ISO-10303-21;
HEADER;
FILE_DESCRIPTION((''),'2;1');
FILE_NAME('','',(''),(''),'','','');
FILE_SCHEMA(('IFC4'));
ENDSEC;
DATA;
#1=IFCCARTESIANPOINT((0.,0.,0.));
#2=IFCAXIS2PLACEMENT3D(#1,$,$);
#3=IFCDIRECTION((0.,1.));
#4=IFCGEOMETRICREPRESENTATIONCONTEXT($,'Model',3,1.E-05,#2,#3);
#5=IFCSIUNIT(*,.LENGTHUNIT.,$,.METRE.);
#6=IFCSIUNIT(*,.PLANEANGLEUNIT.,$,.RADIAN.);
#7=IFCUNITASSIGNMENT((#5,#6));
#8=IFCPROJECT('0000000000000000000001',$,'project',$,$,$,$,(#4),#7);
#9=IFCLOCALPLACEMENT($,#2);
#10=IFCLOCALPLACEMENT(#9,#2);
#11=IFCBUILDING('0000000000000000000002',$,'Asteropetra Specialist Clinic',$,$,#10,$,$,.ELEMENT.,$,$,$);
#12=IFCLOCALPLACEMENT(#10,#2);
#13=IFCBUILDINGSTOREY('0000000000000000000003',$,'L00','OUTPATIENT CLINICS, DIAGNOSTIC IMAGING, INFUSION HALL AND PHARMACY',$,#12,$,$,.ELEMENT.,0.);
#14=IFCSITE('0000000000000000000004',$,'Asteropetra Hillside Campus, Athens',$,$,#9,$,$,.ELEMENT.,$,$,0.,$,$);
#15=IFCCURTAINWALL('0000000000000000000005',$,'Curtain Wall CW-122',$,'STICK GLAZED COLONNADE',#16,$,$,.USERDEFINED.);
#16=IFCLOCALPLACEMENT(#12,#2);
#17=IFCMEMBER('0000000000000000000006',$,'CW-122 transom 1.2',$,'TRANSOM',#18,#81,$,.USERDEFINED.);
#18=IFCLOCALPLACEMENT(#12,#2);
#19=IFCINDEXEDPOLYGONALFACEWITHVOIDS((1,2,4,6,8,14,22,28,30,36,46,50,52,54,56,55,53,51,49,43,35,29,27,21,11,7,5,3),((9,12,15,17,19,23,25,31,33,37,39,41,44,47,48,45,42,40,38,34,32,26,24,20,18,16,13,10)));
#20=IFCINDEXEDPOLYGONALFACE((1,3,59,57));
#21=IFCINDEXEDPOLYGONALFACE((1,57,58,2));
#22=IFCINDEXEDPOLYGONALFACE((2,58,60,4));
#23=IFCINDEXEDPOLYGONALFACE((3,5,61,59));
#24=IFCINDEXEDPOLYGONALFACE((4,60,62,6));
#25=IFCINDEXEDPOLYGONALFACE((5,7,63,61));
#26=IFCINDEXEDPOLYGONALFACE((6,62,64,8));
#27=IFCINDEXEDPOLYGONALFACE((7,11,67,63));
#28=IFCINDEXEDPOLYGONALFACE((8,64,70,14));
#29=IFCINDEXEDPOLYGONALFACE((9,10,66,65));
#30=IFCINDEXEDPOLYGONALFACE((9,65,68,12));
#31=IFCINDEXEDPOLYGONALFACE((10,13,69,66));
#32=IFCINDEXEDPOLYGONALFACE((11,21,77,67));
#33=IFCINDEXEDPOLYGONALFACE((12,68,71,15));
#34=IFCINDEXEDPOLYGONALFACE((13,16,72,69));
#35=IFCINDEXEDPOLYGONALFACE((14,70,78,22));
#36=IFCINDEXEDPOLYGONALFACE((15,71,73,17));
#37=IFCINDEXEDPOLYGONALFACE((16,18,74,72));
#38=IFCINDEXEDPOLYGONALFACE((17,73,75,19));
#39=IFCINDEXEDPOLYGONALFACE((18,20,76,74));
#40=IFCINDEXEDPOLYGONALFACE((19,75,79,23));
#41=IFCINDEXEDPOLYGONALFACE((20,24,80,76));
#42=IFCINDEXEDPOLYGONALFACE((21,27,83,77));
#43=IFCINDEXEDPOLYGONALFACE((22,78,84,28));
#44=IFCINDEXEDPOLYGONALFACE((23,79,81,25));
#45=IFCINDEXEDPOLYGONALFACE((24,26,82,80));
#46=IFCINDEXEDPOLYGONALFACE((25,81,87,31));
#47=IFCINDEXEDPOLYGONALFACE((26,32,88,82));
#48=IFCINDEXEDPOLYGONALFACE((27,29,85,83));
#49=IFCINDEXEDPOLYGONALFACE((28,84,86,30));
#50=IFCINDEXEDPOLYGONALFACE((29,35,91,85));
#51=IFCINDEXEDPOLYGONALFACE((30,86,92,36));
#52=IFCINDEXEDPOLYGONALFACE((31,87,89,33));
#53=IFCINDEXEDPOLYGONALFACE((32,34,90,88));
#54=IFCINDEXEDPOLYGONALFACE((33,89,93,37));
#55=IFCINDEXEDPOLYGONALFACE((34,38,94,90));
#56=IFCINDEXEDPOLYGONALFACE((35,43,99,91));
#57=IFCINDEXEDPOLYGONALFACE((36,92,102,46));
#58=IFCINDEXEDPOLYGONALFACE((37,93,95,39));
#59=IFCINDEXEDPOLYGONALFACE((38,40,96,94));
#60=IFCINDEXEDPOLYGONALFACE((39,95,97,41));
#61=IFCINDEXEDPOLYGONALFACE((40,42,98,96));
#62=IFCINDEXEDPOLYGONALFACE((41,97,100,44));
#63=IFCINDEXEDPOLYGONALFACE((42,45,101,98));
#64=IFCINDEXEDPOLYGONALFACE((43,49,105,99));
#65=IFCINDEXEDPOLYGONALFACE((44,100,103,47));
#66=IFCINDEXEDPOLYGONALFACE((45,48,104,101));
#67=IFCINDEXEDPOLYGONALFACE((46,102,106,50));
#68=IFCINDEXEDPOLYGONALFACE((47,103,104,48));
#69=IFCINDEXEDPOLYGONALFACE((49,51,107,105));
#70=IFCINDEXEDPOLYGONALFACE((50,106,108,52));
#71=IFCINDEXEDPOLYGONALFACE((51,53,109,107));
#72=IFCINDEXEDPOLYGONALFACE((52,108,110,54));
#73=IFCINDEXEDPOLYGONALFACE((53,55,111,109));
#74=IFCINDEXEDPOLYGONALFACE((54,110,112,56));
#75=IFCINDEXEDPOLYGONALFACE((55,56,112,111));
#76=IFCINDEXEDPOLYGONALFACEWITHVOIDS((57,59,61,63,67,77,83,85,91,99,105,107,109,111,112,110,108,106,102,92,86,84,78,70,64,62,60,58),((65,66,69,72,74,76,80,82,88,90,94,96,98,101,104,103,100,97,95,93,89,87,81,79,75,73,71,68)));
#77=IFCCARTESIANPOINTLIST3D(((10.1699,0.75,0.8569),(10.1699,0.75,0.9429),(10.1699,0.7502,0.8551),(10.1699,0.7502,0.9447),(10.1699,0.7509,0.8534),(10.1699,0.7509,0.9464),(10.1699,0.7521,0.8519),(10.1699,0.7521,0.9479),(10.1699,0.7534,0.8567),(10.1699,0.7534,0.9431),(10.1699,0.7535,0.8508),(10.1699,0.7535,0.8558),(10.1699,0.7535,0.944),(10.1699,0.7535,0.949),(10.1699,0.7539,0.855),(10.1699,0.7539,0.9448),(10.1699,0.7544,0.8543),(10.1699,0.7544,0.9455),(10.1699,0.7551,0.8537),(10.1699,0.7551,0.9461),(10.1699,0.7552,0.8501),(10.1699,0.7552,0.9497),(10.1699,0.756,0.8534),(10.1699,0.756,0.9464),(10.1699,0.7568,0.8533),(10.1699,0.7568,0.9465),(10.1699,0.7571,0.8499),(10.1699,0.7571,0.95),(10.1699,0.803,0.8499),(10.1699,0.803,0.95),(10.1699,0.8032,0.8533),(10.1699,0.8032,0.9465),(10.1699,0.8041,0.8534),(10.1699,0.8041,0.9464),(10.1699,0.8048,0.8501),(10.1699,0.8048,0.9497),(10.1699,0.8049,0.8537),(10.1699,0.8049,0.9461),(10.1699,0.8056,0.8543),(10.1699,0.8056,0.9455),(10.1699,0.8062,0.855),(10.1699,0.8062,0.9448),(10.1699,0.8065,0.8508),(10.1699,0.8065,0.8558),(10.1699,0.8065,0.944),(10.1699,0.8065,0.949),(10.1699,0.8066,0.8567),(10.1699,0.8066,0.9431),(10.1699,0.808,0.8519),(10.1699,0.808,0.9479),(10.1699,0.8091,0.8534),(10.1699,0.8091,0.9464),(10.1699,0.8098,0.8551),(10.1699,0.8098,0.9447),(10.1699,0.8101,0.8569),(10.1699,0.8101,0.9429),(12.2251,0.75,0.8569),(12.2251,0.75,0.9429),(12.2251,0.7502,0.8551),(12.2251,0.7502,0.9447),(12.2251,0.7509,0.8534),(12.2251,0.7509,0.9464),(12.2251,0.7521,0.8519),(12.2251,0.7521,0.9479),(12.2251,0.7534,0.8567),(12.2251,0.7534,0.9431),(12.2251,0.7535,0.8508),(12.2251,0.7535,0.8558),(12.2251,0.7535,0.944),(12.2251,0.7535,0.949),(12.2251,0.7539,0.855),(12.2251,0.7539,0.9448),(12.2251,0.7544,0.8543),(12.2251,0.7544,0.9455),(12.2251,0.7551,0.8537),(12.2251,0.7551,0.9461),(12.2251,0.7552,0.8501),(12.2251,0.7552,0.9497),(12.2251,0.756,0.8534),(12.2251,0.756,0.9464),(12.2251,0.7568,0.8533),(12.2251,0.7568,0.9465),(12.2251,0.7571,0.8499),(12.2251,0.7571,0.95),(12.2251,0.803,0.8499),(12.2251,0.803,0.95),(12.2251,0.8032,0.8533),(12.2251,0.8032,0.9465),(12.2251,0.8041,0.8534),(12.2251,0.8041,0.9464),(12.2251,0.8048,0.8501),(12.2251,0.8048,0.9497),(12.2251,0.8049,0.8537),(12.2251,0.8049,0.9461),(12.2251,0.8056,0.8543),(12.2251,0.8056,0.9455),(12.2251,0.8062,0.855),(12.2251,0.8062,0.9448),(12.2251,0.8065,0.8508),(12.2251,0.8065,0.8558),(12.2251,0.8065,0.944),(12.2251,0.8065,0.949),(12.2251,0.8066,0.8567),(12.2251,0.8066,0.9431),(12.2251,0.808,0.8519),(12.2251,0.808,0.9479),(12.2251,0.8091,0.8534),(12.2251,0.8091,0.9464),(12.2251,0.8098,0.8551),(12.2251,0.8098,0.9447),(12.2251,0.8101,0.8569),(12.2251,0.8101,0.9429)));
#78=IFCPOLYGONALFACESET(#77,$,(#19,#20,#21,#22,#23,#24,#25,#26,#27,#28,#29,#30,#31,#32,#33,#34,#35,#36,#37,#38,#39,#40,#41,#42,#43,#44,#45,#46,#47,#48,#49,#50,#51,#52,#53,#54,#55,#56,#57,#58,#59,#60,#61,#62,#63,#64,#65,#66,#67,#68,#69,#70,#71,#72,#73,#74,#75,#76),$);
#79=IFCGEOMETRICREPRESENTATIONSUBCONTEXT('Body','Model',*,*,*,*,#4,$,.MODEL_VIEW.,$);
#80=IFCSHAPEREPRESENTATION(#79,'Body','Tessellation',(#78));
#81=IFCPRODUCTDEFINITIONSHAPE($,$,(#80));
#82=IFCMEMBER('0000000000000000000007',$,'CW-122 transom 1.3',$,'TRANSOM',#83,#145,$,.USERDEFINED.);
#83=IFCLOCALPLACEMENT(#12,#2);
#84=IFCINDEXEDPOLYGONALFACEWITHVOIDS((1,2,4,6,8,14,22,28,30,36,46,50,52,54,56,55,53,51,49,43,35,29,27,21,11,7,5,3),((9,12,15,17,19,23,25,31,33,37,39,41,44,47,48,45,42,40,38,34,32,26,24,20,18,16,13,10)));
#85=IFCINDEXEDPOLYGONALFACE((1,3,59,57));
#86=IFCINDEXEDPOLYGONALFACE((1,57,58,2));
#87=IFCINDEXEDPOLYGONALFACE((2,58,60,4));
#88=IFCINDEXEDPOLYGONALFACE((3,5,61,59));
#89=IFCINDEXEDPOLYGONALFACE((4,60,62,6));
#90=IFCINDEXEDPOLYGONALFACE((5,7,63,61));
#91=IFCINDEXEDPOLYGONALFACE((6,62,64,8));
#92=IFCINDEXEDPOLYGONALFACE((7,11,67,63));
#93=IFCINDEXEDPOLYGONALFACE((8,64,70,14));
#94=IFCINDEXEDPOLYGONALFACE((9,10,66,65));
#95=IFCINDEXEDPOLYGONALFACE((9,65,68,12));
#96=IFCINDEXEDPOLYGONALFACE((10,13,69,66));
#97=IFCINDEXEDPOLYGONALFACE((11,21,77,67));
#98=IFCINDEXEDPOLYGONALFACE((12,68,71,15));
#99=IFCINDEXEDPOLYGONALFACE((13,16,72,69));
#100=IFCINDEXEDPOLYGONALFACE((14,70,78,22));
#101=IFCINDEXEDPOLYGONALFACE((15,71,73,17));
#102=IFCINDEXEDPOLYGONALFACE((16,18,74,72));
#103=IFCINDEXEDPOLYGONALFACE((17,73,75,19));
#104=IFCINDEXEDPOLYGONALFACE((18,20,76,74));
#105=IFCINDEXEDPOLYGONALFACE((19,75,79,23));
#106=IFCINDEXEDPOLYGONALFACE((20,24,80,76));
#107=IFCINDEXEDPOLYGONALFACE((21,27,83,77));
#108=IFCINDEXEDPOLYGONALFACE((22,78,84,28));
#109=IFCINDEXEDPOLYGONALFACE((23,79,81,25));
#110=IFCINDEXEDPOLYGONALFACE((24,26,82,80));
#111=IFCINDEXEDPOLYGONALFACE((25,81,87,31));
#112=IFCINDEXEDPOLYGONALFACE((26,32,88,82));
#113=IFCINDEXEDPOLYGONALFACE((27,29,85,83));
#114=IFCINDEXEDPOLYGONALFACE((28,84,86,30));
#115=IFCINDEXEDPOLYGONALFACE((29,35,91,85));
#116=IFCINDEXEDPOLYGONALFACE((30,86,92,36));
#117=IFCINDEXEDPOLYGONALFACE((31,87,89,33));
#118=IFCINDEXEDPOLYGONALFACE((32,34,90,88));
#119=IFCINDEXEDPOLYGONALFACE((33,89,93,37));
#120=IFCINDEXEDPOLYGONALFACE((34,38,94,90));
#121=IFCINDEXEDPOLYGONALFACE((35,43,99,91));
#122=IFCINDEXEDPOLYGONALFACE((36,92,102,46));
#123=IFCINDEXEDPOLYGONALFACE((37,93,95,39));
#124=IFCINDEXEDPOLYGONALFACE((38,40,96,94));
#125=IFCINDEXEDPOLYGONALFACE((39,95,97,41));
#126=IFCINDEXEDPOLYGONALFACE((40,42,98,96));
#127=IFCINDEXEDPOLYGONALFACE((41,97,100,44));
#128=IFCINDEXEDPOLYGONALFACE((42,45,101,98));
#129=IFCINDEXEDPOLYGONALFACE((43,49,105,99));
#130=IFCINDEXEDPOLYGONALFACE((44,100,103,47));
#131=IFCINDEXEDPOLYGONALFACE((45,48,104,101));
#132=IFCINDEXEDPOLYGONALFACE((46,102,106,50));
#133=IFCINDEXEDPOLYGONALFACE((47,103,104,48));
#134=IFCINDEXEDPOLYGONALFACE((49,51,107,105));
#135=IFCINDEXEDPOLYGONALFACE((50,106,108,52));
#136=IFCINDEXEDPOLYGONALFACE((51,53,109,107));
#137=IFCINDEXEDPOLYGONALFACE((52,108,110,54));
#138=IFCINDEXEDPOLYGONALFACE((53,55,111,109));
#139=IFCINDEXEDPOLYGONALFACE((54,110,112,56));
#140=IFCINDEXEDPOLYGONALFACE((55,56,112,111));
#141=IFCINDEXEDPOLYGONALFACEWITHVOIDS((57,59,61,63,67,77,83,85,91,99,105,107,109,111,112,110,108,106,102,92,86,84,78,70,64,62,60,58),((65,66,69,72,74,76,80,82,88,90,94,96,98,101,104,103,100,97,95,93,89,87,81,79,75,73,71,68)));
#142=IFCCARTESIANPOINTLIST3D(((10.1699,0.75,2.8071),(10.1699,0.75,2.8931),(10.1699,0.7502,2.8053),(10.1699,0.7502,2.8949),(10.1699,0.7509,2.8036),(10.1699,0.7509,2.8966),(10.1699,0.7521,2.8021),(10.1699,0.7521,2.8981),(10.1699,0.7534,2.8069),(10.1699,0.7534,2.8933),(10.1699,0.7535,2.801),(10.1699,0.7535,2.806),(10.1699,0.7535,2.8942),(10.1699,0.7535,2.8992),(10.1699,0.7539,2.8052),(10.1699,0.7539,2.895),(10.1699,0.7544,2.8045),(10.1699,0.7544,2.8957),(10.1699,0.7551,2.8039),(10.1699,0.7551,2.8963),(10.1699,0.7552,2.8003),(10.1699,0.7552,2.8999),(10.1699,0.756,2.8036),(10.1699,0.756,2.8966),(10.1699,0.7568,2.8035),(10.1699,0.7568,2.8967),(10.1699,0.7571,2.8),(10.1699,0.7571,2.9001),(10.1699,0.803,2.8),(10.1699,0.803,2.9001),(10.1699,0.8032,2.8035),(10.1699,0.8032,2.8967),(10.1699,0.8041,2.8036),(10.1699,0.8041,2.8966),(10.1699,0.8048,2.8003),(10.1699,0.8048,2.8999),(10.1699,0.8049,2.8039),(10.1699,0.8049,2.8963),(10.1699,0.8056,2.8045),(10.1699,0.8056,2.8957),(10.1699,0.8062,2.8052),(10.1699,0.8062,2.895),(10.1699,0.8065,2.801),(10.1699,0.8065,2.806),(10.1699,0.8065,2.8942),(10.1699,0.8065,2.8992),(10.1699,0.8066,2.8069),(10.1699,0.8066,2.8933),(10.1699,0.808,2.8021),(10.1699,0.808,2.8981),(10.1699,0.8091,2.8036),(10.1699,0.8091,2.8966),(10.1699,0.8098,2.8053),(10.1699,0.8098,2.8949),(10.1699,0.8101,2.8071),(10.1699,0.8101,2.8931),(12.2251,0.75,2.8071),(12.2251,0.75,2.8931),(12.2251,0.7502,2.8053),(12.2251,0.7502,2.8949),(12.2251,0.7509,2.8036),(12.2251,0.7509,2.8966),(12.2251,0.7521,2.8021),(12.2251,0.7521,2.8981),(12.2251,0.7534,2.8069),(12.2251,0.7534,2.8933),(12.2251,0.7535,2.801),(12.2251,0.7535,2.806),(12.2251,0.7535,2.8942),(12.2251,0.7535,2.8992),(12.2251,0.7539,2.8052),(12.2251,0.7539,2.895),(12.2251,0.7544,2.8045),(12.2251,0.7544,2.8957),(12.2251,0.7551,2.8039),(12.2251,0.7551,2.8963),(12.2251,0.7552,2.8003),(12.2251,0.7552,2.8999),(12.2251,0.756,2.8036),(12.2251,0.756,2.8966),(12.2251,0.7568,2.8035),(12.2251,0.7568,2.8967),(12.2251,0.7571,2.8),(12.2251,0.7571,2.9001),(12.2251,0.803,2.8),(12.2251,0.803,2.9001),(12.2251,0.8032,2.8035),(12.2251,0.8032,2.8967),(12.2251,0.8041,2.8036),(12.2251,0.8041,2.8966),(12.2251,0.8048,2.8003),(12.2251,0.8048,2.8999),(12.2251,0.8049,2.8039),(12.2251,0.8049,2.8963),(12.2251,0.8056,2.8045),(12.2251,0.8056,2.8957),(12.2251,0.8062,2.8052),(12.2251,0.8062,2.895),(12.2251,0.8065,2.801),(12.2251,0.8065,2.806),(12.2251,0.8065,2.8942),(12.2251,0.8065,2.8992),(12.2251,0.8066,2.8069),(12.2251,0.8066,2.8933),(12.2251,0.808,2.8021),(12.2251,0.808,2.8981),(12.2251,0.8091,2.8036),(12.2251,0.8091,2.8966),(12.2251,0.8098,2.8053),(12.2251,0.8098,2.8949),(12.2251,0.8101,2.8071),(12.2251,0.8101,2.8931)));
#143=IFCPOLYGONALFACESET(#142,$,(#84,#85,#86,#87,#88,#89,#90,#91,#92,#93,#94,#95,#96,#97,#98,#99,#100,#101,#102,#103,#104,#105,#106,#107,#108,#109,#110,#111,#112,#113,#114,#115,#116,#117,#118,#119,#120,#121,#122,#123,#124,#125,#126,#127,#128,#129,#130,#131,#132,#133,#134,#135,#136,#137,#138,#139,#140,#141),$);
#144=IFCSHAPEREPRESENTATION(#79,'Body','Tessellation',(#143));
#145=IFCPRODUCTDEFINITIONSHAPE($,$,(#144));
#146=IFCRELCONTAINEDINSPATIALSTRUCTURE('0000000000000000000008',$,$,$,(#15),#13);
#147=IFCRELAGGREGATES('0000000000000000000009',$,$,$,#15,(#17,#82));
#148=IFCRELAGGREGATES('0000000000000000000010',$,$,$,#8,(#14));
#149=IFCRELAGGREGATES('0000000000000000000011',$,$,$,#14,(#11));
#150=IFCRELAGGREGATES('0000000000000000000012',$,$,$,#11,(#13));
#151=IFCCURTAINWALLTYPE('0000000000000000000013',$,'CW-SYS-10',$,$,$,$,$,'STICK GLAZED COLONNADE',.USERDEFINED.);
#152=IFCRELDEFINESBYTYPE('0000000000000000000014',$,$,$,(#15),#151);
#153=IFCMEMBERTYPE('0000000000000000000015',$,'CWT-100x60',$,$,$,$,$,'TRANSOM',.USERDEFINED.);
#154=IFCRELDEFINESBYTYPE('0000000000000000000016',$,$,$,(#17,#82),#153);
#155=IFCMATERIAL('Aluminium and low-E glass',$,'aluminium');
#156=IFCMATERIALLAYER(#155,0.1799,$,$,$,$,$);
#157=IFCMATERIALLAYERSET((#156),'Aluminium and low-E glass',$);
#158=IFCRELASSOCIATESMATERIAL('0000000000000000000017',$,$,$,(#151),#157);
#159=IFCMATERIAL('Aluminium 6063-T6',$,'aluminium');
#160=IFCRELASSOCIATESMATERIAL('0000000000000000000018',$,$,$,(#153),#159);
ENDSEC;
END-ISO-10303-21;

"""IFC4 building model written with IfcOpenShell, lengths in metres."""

from ifc_helpers import new_model, si_unit, direction, frame, origin, origin_2d, place, context, subcontext, project, spatial, hollow_rectangle, extrude, material, layer, layer_set, material_profile, profile_set, type_object, element, aggregate, save


model = new_model("IFC4")

# Units and contexts
model_context = context("Model", 3, precision=1e-05, world=origin(), true_north=direction((0.0, 1.0)))
body_context = subcontext(model_context, "Body", "Model", "MODEL_VIEW")
ifc_project = project(units=[si_unit("LENGTHUNIT", "METRE"), si_unit("PLANEANGLEUNIT", "RADIAN")], contexts=[model_context])

# Site, building, storey
site_placement = place(None, origin())
site = spatial("IfcSite", under=ifc_project, at=site_placement, Name="Asteropetra Hillside Campus, Athens", CompositionType="ELEMENT", RefElevation=0.0)
building_placement = place(site_placement, origin())
building = spatial("IfcBuilding", under=site, at=building_placement, Name="Asteropetra Specialist Clinic", CompositionType="ELEMENT")
storey_placement = place(building_placement, origin())
storey = spatial("IfcBuildingStorey", under=building, at=storey_placement, Name="L00", Description="OUTPATIENT CLINICS, DIAGNOSTIC IMAGING, INFUSION HALL AND PHARMACY", CompositionType="ELEMENT", Elevation=0.0)

# Curtain wall
ifc_material_1 = material(Name="Aluminium and low-E glass", Category="aluminium")
ifc_layer_1 = layer(ifc_material_1, 0.1799)
ifc_layer_set_1 = layer_set([ifc_layer_1], Name="Aluminium and low-E glass")
curtain_wall_type_1 = type_object("IfcCurtainWallType", Name="CW-SYS-10", ElementType="STICK GLAZED COLONNADE", PredefinedType="USERDEFINED", material=ifc_layer_set_1)
curtain_wall_1_placement = place(storey_placement, origin())
curtain_wall_1 = element("IfcCurtainWall", 1, at=curtain_wall_1_placement, inside=storey, type_object=curtain_wall_type_1, Name="Curtain Wall CW-122", ObjectType="STICK GLAZED COLONNADE", PredefinedType="USERDEFINED")

# Members
ifc_material_2 = material(Name="Aluminium 6063-T6", Category="aluminium")
ifc_material_profile_1 = material_profile(ifc_material_2, hollow_rectangle(XDim=0.0601, YDim=0.1001, WallThickness=0.0034, InnerFilletRadius=0.0034, OuterFilletRadius=0.0071, at=origin_2d()), Name="TRN 100x60x3.5")
ifc_profile_set_1 = profile_set([ifc_material_profile_1], Name="Aluminium 6063-T6")
member_type_1 = type_object("IfcMemberType", Name="CWT-100x60", ElementType="TRANSOM", PredefinedType="USERDEFINED", material=ifc_profile_set_1)
member_1_placement = place(storey_placement, frame((10.1699, 0.78, 0.8999), z_axis=(1.0, 0.0, 0.0), x_axis=(0.0, 1.0, 0.0)))
member_1 = element("IfcMember", 2, at=member_1_placement, type_object=member_type_1, Name="CW-122 transom 1.2", ObjectType="TRANSOM", PredefinedType="USERDEFINED", context=body_context, shape_type="SweptSolid", body=[
    extrude(hollow_rectangle(XDim=0.0601, YDim=0.1001, WallThickness=0.0034, InnerFilletRadius=0.0034, OuterFilletRadius=0.0071, at=origin_2d()), origin(), (0.0, 0.0, 1.0), 2.0552),
])
member_2_placement = place(storey_placement, frame((10.1699, 0.78, 2.8501), z_axis=(1.0, 0.0, 0.0), x_axis=(0.0, 1.0, 0.0)))
member_2 = element("IfcMember", 3, at=member_2_placement, type_object=member_type_1, Name="CW-122 transom 1.3", ObjectType="TRANSOM", PredefinedType="USERDEFINED", context=body_context, shape_type="SweptSolid", body=[
    extrude(hollow_rectangle(XDim=0.0601, YDim=0.1001, WallThickness=0.0034, InnerFilletRadius=0.0034, OuterFilletRadius=0.0071, at=origin_2d()), origin(), (0.0, 0.0, 1.0), 2.0552),
])

aggregate(curtain_wall_1, [member_1, member_2])

save(model, "model.ifc")
